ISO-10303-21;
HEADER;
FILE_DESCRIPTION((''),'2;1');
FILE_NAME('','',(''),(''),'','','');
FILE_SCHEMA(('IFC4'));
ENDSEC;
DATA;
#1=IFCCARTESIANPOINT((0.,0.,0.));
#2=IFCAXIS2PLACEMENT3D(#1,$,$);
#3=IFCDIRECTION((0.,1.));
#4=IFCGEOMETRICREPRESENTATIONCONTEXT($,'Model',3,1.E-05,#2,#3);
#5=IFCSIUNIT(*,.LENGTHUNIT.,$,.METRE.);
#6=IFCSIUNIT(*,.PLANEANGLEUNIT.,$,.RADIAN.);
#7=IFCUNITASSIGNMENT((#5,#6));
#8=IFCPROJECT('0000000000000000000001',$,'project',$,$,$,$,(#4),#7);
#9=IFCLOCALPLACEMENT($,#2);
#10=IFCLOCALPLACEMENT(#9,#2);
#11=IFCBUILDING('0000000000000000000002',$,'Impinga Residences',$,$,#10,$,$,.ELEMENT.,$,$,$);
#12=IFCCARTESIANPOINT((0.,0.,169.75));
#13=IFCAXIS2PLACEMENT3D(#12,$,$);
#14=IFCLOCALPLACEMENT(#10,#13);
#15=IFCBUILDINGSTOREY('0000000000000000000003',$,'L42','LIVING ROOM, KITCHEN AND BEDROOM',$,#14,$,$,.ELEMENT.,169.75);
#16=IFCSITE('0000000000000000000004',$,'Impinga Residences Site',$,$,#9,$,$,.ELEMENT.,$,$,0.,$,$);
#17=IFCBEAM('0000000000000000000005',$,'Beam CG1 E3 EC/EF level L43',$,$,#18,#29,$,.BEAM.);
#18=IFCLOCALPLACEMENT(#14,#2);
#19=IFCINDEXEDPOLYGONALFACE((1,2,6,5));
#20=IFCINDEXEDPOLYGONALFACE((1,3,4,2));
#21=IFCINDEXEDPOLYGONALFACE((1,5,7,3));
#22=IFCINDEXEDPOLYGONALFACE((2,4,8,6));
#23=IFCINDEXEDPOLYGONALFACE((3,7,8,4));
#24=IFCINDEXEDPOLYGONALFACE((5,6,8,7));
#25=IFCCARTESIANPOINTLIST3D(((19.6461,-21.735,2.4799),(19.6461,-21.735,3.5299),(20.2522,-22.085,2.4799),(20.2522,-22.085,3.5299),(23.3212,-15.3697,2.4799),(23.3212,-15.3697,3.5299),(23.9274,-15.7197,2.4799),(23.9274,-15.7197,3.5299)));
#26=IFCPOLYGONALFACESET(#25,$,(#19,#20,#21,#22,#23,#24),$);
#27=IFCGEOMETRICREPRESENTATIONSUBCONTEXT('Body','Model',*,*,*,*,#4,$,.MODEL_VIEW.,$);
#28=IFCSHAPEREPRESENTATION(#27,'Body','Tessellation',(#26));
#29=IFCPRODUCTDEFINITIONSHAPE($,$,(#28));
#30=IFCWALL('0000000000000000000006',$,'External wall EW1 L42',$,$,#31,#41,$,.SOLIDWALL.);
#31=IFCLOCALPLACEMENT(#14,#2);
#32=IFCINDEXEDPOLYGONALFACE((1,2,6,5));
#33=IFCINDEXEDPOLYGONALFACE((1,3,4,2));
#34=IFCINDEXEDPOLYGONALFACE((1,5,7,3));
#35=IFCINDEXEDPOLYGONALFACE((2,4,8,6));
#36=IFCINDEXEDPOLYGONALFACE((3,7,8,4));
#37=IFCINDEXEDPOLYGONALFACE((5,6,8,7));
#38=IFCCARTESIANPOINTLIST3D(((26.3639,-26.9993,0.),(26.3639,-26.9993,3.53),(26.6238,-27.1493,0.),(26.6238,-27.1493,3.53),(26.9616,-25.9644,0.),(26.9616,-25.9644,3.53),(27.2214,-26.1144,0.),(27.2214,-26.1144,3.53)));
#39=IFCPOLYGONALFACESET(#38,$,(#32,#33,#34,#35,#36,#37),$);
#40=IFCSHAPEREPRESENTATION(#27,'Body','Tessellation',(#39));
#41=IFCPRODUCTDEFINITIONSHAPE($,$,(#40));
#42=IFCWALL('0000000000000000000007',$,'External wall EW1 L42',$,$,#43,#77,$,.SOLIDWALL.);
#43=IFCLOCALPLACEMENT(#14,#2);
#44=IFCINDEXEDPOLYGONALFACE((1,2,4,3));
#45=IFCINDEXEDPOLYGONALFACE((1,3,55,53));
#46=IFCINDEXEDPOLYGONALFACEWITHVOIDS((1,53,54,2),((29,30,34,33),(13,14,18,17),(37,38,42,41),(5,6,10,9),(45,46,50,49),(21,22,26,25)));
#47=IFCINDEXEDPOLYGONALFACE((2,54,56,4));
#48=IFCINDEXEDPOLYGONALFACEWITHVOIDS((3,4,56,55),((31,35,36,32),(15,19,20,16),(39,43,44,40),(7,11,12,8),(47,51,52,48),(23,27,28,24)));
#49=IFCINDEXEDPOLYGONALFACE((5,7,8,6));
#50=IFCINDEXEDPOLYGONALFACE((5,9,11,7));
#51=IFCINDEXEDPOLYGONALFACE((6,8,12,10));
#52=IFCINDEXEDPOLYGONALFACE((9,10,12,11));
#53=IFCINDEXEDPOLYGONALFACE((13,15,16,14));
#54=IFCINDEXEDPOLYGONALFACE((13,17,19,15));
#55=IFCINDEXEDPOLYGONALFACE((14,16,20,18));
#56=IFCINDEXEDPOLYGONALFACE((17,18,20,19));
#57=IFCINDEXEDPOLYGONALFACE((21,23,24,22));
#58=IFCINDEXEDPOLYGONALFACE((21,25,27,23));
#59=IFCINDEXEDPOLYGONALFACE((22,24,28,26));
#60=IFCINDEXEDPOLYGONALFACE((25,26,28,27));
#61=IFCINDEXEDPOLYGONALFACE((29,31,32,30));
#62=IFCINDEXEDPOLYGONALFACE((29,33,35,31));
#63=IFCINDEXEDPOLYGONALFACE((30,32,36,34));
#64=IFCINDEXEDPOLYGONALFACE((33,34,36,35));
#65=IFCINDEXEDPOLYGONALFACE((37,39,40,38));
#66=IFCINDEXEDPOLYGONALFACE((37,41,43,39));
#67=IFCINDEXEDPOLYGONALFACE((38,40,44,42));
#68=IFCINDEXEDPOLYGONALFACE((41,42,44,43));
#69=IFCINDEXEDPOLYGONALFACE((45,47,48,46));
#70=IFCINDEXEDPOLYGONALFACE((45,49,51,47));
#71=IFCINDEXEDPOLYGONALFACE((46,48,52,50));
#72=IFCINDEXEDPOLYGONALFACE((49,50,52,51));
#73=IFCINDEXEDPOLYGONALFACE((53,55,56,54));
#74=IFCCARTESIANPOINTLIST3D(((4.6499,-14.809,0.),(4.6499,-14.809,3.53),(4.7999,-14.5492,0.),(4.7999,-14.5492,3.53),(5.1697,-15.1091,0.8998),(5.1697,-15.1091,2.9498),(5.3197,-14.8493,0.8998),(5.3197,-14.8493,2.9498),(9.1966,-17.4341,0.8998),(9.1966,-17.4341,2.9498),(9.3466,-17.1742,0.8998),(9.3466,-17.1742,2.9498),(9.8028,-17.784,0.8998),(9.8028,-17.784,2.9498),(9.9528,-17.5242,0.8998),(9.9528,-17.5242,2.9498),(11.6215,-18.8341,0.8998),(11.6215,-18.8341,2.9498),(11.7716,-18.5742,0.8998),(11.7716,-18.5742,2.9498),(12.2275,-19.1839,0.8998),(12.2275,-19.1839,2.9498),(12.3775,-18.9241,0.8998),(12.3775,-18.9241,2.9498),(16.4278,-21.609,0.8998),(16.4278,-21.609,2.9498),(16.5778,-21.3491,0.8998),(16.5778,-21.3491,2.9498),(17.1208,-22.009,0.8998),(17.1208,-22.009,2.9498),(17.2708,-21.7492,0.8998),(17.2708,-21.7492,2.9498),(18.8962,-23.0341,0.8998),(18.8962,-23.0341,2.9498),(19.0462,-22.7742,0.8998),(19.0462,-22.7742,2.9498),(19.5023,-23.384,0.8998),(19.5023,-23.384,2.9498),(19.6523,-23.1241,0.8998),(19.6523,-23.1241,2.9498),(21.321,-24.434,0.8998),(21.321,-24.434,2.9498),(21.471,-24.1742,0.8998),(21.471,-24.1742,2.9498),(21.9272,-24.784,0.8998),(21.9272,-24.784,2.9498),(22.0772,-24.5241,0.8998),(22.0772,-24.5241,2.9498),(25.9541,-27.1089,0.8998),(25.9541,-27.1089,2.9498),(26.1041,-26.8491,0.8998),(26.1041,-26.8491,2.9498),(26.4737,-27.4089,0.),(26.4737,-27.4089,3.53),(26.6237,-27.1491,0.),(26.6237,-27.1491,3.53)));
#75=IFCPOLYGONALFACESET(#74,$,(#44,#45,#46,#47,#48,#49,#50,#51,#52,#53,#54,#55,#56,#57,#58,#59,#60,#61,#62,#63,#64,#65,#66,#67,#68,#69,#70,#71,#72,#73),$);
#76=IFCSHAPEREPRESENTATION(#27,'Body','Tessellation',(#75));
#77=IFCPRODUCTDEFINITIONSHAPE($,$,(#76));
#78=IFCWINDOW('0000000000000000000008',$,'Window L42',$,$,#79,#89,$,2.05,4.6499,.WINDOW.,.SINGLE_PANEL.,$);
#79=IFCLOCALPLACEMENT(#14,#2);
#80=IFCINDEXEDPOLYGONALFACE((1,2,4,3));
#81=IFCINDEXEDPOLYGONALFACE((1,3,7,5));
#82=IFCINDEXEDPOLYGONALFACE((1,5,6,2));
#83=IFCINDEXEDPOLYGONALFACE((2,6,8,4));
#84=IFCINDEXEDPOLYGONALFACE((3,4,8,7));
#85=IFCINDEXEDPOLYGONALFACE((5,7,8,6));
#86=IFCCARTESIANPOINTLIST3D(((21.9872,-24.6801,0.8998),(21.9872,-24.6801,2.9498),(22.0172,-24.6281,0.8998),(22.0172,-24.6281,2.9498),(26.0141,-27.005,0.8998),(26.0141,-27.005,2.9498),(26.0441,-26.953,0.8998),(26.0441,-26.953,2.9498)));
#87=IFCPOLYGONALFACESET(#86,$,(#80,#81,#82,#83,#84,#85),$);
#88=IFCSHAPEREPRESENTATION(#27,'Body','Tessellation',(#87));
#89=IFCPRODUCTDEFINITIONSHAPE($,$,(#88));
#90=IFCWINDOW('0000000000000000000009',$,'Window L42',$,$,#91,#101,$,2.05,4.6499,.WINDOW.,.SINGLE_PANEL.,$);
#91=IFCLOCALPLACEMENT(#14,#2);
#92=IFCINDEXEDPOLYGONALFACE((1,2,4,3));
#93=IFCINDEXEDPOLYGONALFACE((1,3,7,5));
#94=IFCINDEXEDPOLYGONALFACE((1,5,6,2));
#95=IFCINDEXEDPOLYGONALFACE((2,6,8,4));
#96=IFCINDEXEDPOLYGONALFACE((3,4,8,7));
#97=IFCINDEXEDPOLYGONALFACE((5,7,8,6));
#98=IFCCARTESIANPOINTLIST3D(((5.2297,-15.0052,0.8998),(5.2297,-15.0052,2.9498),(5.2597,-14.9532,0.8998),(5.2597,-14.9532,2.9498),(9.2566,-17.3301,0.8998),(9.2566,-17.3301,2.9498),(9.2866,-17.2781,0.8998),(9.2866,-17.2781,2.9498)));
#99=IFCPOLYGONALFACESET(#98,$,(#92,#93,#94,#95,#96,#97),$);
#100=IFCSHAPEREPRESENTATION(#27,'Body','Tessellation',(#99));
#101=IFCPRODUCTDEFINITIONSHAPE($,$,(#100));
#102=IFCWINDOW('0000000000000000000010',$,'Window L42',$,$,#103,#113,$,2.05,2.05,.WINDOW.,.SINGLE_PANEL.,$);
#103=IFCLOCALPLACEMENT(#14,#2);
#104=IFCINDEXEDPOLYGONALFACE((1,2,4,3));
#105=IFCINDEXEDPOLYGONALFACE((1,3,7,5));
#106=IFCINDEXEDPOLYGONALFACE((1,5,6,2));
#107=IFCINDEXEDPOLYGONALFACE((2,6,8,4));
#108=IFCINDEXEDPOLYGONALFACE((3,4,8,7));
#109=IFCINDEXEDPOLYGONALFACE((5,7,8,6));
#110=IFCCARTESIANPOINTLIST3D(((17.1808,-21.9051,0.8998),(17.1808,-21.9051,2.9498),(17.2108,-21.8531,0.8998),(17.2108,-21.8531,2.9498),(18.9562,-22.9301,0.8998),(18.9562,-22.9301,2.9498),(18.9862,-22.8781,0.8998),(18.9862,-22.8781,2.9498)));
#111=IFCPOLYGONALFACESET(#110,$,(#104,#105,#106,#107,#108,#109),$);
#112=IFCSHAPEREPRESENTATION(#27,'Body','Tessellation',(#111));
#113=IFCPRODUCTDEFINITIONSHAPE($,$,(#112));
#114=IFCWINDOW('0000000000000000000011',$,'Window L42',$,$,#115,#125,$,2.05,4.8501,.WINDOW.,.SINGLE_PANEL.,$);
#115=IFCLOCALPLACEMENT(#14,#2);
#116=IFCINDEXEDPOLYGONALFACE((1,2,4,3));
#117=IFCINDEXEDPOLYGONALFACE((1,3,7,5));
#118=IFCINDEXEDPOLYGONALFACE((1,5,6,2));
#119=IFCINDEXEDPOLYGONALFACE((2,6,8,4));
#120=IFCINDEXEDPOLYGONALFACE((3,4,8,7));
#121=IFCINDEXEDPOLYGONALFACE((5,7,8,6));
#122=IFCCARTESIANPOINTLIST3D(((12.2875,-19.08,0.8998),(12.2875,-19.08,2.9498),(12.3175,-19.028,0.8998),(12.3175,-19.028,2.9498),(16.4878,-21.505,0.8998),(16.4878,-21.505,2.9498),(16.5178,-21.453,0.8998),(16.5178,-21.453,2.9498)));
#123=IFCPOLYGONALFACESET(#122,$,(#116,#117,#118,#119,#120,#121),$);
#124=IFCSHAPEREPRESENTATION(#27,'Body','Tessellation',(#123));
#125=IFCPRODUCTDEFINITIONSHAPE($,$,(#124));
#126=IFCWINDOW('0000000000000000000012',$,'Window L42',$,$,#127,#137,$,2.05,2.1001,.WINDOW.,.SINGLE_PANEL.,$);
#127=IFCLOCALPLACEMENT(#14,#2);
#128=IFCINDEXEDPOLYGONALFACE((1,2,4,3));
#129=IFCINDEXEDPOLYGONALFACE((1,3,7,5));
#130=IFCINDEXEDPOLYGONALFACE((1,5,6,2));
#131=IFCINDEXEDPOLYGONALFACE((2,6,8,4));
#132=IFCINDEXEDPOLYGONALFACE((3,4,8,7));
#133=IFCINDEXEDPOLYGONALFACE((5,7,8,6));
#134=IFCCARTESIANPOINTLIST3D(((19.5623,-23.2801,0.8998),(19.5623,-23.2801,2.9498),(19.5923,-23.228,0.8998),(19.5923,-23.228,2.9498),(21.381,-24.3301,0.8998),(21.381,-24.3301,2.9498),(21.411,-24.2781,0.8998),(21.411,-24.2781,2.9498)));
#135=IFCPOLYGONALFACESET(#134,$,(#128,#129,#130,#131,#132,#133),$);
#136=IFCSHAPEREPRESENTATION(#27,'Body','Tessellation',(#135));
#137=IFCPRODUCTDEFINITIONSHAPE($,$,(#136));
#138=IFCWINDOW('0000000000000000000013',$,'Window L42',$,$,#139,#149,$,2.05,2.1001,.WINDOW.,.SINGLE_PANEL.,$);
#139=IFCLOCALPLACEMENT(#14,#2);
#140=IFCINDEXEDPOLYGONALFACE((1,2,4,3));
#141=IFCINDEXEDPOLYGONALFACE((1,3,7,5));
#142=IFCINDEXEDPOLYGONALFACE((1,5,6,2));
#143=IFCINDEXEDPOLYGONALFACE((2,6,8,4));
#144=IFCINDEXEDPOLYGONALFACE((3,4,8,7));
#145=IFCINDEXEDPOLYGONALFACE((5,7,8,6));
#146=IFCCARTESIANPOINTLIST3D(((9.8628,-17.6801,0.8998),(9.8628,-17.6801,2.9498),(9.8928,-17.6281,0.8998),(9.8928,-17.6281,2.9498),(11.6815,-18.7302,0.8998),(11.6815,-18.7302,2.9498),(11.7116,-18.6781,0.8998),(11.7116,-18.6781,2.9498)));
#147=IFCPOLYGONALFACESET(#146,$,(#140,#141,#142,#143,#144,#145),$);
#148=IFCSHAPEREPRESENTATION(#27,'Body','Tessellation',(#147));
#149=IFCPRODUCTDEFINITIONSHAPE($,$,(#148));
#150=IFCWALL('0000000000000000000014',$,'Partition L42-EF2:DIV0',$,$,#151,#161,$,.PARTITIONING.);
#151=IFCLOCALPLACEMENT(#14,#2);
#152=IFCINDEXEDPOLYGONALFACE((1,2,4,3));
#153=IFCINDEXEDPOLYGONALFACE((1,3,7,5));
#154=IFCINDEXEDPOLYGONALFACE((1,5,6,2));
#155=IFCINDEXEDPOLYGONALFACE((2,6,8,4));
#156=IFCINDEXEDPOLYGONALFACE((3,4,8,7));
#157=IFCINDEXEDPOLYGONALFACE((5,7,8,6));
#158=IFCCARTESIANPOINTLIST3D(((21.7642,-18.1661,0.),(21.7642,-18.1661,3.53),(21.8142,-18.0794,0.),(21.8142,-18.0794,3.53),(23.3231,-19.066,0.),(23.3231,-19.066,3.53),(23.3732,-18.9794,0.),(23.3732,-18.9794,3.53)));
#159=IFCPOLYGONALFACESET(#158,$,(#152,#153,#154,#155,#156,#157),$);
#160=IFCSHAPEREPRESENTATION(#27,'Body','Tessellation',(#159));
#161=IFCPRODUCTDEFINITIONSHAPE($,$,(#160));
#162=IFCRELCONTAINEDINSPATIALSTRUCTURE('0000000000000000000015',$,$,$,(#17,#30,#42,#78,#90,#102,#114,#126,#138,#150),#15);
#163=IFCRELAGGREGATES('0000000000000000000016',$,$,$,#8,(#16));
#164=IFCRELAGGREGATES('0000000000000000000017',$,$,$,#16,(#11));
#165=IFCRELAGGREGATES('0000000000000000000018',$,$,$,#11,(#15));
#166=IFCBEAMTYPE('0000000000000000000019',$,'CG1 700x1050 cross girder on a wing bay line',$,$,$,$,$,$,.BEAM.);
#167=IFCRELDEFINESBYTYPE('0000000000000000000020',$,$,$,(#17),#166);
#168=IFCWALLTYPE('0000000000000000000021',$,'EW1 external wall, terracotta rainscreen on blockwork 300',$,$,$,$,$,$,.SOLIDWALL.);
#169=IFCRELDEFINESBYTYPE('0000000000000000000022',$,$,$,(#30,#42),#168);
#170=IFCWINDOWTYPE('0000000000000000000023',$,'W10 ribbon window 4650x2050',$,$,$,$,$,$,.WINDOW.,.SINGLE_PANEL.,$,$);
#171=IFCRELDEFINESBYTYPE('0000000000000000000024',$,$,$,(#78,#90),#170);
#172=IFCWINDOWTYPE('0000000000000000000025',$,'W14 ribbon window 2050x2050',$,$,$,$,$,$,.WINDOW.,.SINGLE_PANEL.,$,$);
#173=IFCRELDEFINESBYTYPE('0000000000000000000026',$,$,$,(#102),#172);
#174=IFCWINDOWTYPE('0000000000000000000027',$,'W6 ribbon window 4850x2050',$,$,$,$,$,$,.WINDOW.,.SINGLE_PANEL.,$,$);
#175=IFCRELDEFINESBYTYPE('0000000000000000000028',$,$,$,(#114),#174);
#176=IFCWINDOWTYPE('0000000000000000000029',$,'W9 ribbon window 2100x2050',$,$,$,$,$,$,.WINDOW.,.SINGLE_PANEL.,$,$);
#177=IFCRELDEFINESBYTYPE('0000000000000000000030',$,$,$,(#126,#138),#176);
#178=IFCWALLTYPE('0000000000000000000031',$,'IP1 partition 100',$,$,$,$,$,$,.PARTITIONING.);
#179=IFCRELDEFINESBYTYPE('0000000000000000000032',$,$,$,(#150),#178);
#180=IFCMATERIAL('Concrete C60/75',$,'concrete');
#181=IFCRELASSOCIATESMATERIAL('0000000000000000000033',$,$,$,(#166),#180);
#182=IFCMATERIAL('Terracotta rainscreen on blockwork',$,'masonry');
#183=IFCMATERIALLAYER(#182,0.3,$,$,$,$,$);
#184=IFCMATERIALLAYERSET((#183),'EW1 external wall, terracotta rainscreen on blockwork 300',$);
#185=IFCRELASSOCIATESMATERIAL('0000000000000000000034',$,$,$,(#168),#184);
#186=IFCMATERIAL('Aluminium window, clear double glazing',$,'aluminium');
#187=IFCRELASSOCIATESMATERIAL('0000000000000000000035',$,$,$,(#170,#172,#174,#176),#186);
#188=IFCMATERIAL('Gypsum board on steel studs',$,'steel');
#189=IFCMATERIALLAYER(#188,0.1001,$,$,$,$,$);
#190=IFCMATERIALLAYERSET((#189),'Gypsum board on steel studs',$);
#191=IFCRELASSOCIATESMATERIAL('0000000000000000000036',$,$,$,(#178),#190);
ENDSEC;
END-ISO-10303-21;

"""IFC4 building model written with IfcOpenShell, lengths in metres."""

from ifc_helpers import new_model, si_unit, direction, frame, frame_2d, origin, origin_2d, place, context, subcontext, project, spatial, rectangle, extrude, material, layer, layer_set, material_profile, profile_set, type_object, element, fill, save


model = new_model("IFC4")

# Units and contexts
model_context = context("Model", 3, precision=1e-05, world=origin(), true_north=direction((0.0, 1.0)))
body_context = subcontext(model_context, "Body", "Model", "MODEL_VIEW")
ifc_project = project(units=[si_unit("LENGTHUNIT", "METRE"), si_unit("PLANEANGLEUNIT", "RADIAN")], contexts=[model_context])

# Site, building, storey
site_placement = place(None, origin())
site = spatial("IfcSite", under=ifc_project, at=site_placement, Name="Impinga Residences Site", CompositionType="ELEMENT", RefElevation=0.0)
building_placement = place(site_placement, origin())
building = spatial("IfcBuilding", under=site, at=building_placement, Name="Impinga Residences", CompositionType="ELEMENT")
storey_placement = place(building_placement, frame((0.0, 0.0, 169.75)))
storey = spatial("IfcBuildingStorey", under=building, at=storey_placement, Name="L42", Description="LIVING ROOM, KITCHEN AND BEDROOM", CompositionType="ELEMENT", Elevation=169.75)

# Beam
ifc_material_1 = material(Name="Concrete C60/75", Category="concrete")
ifc_material_profile = material_profile(ifc_material_1, rectangle(XDim=0.7, YDim=1.05, at=origin_2d()), Name="RC 700x1050")
ifc_profile_set = profile_set([ifc_material_profile], Name="Concrete C60/75")
beam_type = type_object("IfcBeamType", Name="CG1 700x1050 cross girder on a wing bay line", PredefinedType="BEAM", material=ifc_profile_set)
beam_placement = place(storey_placement, frame((23.6243, -15.5447, 3.0049), z_axis=(-0.500008, -0.866021, 0.0), x_axis=(0.866021, -0.500008, 0.0)))
element("IfcBeam", 1, at=beam_placement, inside=storey, type_object=beam_type, Name="Beam CG1 E3 EC/EF level L43", PredefinedType="BEAM", context=body_context, shape_type="SweptSolid", body=[
    extrude(rectangle(XDim=0.7, YDim=1.05, at=origin_2d()), origin(), (0.0, 0.0, 1.0), 7.3501),
])

# Wall
ifc_material_2 = material(Name="Terracotta rainscreen on blockwork", Category="masonry")
ifc_layer_1 = layer(ifc_material_2, 0.3)
ifc_layer_set_1 = layer_set([ifc_layer_1], Name="EW1 external wall, terracotta rainscreen on blockwork 300")
wall_type_1 = type_object("IfcWallType", Name="EW1 external wall, terracotta rainscreen on blockwork 300", PredefinedType="SOLIDWALL", material=ifc_layer_set_1)
wall_1_placement = place(storey_placement, frame((27.0916, -26.0393, 0.0), z_axis=(0.0, 0.0, 1.0), x_axis=(-0.500094, -0.865971, 0.0)))
element("IfcWall", 2, at=wall_1_placement, inside=storey, type_object=wall_type_1, Name="External wall EW1 L42", PredefinedType="SOLIDWALL", context=body_context, shape_type="SweptSolid", body=[
    extrude(rectangle(XDim=1.1951, YDim=0.3, at=frame_2d((0.5977, 0.0))), origin(), (0.0, 0.0, 1.0), 3.53),
])

# Wall, openings, windows
wall_2_placement = place(storey_placement, frame((26.5488, -27.2791, 0.0), z_axis=(0.0, 0.0, 1.0), x_axis=(-0.866027, 0.499998, 0.0)))
wall_2 = element("IfcWall", 3, at=wall_2_placement, inside=storey, type_object=wall_type_1, Name="External wall EW1 L42", PredefinedType="SOLIDWALL", context=body_context, shape_type="SweptSolid", body=[
    extrude(rectangle(XDim=25.2, YDim=0.3, at=frame_2d((12.6001, 0.0))), origin(), (0.0, 0.0, 1.0), 3.53),
])
opening_1_placement = place(wall_2_placement, frame((0.6001, 0.0, 0.8999)))
opening_1 = element("IfcOpeningElement", 4, at=opening_1_placement, cuts=wall_2, PredefinedType="OPENING", context=body_context, shape_type="SweptSolid", body=[
    extrude(rectangle(XDim=4.6499, YDim=2.05, at=frame_2d((2.325, 1.0249))), frame((0.0, 0.1599, 0.0), z_axis=(0.0, -1.0, 0.0), x_axis=(1.0, 0.0, 0.0)), (0.0, 0.0, 1.0), 0.3201),
])
opening_2_placement = place(wall_2_placement, frame((5.95, 0.0, 0.8999)))
opening_2 = element("IfcOpeningElement", 5, at=opening_2_placement, cuts=wall_2, PredefinedType="OPENING", context=body_context, shape_type="SweptSolid", body=[
    extrude(rectangle(XDim=2.1001, YDim=2.05, at=frame_2d((1.05, 1.0249))), frame((0.0, 0.1599, 0.0), z_axis=(0.0, -1.0, 0.0), x_axis=(1.0, 0.0, 0.0)), (0.0, 0.0, 1.0), 0.3201),
])
opening_3_placement = place(wall_2_placement, frame((8.75, 0.0, 0.8999)))
opening_3 = element("IfcOpeningElement", 6, at=opening_3_placement, cuts=wall_2, PredefinedType="OPENING", context=body_context, shape_type="SweptSolid", body=[
    extrude(rectangle(XDim=2.05, YDim=2.05, at=frame_2d((1.0249, 1.0249))), frame((0.0, 0.1599, 0.0), z_axis=(0.0, -1.0, 0.0), x_axis=(1.0, 0.0, 0.0)), (0.0, 0.0, 1.0), 0.3201),
])
opening_4_placement = place(wall_2_placement, frame((11.6001, 0.0, 0.8999)))
opening_4 = element("IfcOpeningElement", 7, at=opening_4_placement, cuts=wall_2, PredefinedType="OPENING", context=body_context, shape_type="SweptSolid", body=[
    extrude(rectangle(XDim=4.8501, YDim=2.05, at=frame_2d((2.425, 1.0249))), frame((0.0, 0.1599, 0.0), z_axis=(0.0, -1.0, 0.0), x_axis=(1.0, 0.0, 0.0)), (0.0, 0.0, 1.0), 0.3201),
])
opening_5_placement = place(wall_2_placement, frame((17.1499, 0.0, 0.8999)))
opening_5 = element("IfcOpeningElement", 8, at=opening_5_placement, cuts=wall_2, PredefinedType="OPENING", context=body_context, shape_type="SweptSolid", body=[
    extrude(rectangle(XDim=2.1001, YDim=2.05, at=frame_2d((1.05, 1.0249))), frame((0.0, 0.1599, 0.0), z_axis=(0.0, -1.0, 0.0), x_axis=(1.0, 0.0, 0.0)), (0.0, 0.0, 1.0), 0.3201),
])
opening_6_placement = place(wall_2_placement, frame((19.95, 0.0, 0.8999)))
opening_6 = element("IfcOpeningElement", 9, at=opening_6_placement, cuts=wall_2, PredefinedType="OPENING", context=body_context, shape_type="SweptSolid", body=[
    extrude(rectangle(XDim=4.6499, YDim=2.05, at=frame_2d((2.325, 1.0249))), frame((0.0, 0.1599, 0.0), z_axis=(0.0, -1.0, 0.0), x_axis=(1.0, 0.0, 0.0)), (0.0, 0.0, 1.0), 0.3201),
])
ifc_material_3 = material(Name="Aluminium window, clear double glazing", Category="aluminium")
window_type_1 = type_object("IfcWindowType", Name="W10 ribbon window 4650x2050", PartitioningType="SINGLE_PANEL", PredefinedType="WINDOW", material=ifc_material_3)
window_1_placement = place(opening_1_placement, origin())
window_1 = element("IfcWindow", 10, at=window_1_placement, inside=storey, type_object=window_type_1, Name="Window L42", OverallHeight=2.05, OverallWidth=4.6499, PartitioningType="SINGLE_PANEL", PredefinedType="WINDOW", context=body_context, shape_type="SweptSolid", body=[
    extrude(rectangle(XDim=4.6499, YDim=2.05, at=frame_2d((2.325, 1.0249))), frame((0.0, 0.03, 0.0), z_axis=(0.0, -1.0, 0.0), x_axis=(1.0, 0.0, 0.0)), (0.0, 0.0, 1.0), 0.0601),
])
fill(opening_1, window_1)
window_2_placement = place(opening_6_placement, origin())
window_2 = element("IfcWindow", 11, at=window_2_placement, inside=storey, type_object=window_type_1, Name="Window L42", OverallHeight=2.05, OverallWidth=4.6499, PartitioningType="SINGLE_PANEL", PredefinedType="WINDOW", context=body_context, shape_type="SweptSolid", body=[
    extrude(rectangle(XDim=4.6499, YDim=2.05, at=frame_2d((2.325, 1.0249))), frame((0.0, 0.03, 0.0), z_axis=(0.0, -1.0, 0.0), x_axis=(1.0, 0.0, 0.0)), (0.0, 0.0, 1.0), 0.0601),
])
fill(opening_6, window_2)
window_type_2 = type_object("IfcWindowType", Name="W14 ribbon window 2050x2050", PartitioningType="SINGLE_PANEL", PredefinedType="WINDOW", material=ifc_material_3)
window_3_placement = place(opening_3_placement, origin())
window_3 = element("IfcWindow", 12, at=window_3_placement, inside=storey, type_object=window_type_2, Name="Window L42", OverallHeight=2.05, OverallWidth=2.05, PartitioningType="SINGLE_PANEL", PredefinedType="WINDOW", context=body_context, shape_type="SweptSolid", body=[
    extrude(rectangle(XDim=2.05, YDim=2.05, at=frame_2d((1.0249, 1.0249))), frame((0.0, 0.03, 0.0), z_axis=(0.0, -1.0, 0.0), x_axis=(1.0, 0.0, 0.0)), (0.0, 0.0, 1.0), 0.0601),
])
fill(opening_3, window_3)
window_type_3 = type_object("IfcWindowType", Name="W6 ribbon window 4850x2050", PartitioningType="SINGLE_PANEL", PredefinedType="WINDOW", material=ifc_material_3)
window_4_placement = place(opening_4_placement, origin())
window_4 = element("IfcWindow", 13, at=window_4_placement, inside=storey, type_object=window_type_3, Name="Window L42", OverallHeight=2.05, OverallWidth=4.8501, PartitioningType="SINGLE_PANEL", PredefinedType="WINDOW", context=body_context, shape_type="SweptSolid", body=[
    extrude(rectangle(XDim=4.8501, YDim=2.05, at=frame_2d((2.425, 1.0249))), frame((0.0, 0.03, 0.0), z_axis=(0.0, -1.0, 0.0), x_axis=(1.0, 0.0, 0.0)), (0.0, 0.0, 1.0), 0.0601),
])
fill(opening_4, window_4)
window_type_4 = type_object("IfcWindowType", Name="W9 ribbon window 2100x2050", PartitioningType="SINGLE_PANEL", PredefinedType="WINDOW", material=ifc_material_3)
window_5_placement = place(opening_2_placement, origin())
window_5 = element("IfcWindow", 14, at=window_5_placement, inside=storey, type_object=window_type_4, Name="Window L42", OverallHeight=2.05, OverallWidth=2.1001, PartitioningType="SINGLE_PANEL", PredefinedType="WINDOW", context=body_context, shape_type="SweptSolid", body=[
    extrude(rectangle(XDim=2.1001, YDim=2.05, at=frame_2d((1.05, 1.0249))), frame((0.0, 0.03, 0.0), z_axis=(0.0, -1.0, 0.0), x_axis=(1.0, 0.0, 0.0)), (0.0, 0.0, 1.0), 0.0601),
])
fill(opening_2, window_5)
window_6_placement = place(opening_5_placement, origin())
window_6 = element("IfcWindow", 15, at=window_6_placement, inside=storey, type_object=window_type_4, Name="Window L42", OverallHeight=2.05, OverallWidth=2.1001, PartitioningType="SINGLE_PANEL", PredefinedType="WINDOW", context=body_context, shape_type="SweptSolid", body=[
    extrude(rectangle(XDim=2.1001, YDim=2.05, at=frame_2d((1.05, 1.0249))), frame((0.0, 0.03, 0.0), z_axis=(0.0, -1.0, 0.0), x_axis=(1.0, 0.0, 0.0)), (0.0, 0.0, 1.0), 0.0601),
])
fill(opening_5, window_6)

# Wall
ifc_material_4 = material(Name="Gypsum board on steel studs", Category="steel")
ifc_layer_2 = layer(ifc_material_4, 0.1001)
ifc_layer_set_2 = layer_set([ifc_layer_2], Name="Gypsum board on steel studs")
wall_type_2 = type_object("IfcWallType", Name="IP1 partition 100", PredefinedType="PARTITIONING", material=ifc_layer_set_2)
wall_3_placement = place(storey_placement, frame((21.7893, -18.1228, 0.0), z_axis=(0.0, 0.0, 1.0), x_axis=(0.866048, -0.499961, 0.0)))
element("IfcWall", 16, at=wall_3_placement, inside=storey, type_object=wall_type_2, Name="Partition L42-EF2:DIV0", PredefinedType="PARTITIONING", context=body_context, shape_type="SweptSolid", body=[
    extrude(rectangle(XDim=1.8, YDim=0.1001, at=frame_2d((0.8999, 0.0))), origin(), (0.0, 0.0, 1.0), 3.53),
])

save(model, "model.ifc")
